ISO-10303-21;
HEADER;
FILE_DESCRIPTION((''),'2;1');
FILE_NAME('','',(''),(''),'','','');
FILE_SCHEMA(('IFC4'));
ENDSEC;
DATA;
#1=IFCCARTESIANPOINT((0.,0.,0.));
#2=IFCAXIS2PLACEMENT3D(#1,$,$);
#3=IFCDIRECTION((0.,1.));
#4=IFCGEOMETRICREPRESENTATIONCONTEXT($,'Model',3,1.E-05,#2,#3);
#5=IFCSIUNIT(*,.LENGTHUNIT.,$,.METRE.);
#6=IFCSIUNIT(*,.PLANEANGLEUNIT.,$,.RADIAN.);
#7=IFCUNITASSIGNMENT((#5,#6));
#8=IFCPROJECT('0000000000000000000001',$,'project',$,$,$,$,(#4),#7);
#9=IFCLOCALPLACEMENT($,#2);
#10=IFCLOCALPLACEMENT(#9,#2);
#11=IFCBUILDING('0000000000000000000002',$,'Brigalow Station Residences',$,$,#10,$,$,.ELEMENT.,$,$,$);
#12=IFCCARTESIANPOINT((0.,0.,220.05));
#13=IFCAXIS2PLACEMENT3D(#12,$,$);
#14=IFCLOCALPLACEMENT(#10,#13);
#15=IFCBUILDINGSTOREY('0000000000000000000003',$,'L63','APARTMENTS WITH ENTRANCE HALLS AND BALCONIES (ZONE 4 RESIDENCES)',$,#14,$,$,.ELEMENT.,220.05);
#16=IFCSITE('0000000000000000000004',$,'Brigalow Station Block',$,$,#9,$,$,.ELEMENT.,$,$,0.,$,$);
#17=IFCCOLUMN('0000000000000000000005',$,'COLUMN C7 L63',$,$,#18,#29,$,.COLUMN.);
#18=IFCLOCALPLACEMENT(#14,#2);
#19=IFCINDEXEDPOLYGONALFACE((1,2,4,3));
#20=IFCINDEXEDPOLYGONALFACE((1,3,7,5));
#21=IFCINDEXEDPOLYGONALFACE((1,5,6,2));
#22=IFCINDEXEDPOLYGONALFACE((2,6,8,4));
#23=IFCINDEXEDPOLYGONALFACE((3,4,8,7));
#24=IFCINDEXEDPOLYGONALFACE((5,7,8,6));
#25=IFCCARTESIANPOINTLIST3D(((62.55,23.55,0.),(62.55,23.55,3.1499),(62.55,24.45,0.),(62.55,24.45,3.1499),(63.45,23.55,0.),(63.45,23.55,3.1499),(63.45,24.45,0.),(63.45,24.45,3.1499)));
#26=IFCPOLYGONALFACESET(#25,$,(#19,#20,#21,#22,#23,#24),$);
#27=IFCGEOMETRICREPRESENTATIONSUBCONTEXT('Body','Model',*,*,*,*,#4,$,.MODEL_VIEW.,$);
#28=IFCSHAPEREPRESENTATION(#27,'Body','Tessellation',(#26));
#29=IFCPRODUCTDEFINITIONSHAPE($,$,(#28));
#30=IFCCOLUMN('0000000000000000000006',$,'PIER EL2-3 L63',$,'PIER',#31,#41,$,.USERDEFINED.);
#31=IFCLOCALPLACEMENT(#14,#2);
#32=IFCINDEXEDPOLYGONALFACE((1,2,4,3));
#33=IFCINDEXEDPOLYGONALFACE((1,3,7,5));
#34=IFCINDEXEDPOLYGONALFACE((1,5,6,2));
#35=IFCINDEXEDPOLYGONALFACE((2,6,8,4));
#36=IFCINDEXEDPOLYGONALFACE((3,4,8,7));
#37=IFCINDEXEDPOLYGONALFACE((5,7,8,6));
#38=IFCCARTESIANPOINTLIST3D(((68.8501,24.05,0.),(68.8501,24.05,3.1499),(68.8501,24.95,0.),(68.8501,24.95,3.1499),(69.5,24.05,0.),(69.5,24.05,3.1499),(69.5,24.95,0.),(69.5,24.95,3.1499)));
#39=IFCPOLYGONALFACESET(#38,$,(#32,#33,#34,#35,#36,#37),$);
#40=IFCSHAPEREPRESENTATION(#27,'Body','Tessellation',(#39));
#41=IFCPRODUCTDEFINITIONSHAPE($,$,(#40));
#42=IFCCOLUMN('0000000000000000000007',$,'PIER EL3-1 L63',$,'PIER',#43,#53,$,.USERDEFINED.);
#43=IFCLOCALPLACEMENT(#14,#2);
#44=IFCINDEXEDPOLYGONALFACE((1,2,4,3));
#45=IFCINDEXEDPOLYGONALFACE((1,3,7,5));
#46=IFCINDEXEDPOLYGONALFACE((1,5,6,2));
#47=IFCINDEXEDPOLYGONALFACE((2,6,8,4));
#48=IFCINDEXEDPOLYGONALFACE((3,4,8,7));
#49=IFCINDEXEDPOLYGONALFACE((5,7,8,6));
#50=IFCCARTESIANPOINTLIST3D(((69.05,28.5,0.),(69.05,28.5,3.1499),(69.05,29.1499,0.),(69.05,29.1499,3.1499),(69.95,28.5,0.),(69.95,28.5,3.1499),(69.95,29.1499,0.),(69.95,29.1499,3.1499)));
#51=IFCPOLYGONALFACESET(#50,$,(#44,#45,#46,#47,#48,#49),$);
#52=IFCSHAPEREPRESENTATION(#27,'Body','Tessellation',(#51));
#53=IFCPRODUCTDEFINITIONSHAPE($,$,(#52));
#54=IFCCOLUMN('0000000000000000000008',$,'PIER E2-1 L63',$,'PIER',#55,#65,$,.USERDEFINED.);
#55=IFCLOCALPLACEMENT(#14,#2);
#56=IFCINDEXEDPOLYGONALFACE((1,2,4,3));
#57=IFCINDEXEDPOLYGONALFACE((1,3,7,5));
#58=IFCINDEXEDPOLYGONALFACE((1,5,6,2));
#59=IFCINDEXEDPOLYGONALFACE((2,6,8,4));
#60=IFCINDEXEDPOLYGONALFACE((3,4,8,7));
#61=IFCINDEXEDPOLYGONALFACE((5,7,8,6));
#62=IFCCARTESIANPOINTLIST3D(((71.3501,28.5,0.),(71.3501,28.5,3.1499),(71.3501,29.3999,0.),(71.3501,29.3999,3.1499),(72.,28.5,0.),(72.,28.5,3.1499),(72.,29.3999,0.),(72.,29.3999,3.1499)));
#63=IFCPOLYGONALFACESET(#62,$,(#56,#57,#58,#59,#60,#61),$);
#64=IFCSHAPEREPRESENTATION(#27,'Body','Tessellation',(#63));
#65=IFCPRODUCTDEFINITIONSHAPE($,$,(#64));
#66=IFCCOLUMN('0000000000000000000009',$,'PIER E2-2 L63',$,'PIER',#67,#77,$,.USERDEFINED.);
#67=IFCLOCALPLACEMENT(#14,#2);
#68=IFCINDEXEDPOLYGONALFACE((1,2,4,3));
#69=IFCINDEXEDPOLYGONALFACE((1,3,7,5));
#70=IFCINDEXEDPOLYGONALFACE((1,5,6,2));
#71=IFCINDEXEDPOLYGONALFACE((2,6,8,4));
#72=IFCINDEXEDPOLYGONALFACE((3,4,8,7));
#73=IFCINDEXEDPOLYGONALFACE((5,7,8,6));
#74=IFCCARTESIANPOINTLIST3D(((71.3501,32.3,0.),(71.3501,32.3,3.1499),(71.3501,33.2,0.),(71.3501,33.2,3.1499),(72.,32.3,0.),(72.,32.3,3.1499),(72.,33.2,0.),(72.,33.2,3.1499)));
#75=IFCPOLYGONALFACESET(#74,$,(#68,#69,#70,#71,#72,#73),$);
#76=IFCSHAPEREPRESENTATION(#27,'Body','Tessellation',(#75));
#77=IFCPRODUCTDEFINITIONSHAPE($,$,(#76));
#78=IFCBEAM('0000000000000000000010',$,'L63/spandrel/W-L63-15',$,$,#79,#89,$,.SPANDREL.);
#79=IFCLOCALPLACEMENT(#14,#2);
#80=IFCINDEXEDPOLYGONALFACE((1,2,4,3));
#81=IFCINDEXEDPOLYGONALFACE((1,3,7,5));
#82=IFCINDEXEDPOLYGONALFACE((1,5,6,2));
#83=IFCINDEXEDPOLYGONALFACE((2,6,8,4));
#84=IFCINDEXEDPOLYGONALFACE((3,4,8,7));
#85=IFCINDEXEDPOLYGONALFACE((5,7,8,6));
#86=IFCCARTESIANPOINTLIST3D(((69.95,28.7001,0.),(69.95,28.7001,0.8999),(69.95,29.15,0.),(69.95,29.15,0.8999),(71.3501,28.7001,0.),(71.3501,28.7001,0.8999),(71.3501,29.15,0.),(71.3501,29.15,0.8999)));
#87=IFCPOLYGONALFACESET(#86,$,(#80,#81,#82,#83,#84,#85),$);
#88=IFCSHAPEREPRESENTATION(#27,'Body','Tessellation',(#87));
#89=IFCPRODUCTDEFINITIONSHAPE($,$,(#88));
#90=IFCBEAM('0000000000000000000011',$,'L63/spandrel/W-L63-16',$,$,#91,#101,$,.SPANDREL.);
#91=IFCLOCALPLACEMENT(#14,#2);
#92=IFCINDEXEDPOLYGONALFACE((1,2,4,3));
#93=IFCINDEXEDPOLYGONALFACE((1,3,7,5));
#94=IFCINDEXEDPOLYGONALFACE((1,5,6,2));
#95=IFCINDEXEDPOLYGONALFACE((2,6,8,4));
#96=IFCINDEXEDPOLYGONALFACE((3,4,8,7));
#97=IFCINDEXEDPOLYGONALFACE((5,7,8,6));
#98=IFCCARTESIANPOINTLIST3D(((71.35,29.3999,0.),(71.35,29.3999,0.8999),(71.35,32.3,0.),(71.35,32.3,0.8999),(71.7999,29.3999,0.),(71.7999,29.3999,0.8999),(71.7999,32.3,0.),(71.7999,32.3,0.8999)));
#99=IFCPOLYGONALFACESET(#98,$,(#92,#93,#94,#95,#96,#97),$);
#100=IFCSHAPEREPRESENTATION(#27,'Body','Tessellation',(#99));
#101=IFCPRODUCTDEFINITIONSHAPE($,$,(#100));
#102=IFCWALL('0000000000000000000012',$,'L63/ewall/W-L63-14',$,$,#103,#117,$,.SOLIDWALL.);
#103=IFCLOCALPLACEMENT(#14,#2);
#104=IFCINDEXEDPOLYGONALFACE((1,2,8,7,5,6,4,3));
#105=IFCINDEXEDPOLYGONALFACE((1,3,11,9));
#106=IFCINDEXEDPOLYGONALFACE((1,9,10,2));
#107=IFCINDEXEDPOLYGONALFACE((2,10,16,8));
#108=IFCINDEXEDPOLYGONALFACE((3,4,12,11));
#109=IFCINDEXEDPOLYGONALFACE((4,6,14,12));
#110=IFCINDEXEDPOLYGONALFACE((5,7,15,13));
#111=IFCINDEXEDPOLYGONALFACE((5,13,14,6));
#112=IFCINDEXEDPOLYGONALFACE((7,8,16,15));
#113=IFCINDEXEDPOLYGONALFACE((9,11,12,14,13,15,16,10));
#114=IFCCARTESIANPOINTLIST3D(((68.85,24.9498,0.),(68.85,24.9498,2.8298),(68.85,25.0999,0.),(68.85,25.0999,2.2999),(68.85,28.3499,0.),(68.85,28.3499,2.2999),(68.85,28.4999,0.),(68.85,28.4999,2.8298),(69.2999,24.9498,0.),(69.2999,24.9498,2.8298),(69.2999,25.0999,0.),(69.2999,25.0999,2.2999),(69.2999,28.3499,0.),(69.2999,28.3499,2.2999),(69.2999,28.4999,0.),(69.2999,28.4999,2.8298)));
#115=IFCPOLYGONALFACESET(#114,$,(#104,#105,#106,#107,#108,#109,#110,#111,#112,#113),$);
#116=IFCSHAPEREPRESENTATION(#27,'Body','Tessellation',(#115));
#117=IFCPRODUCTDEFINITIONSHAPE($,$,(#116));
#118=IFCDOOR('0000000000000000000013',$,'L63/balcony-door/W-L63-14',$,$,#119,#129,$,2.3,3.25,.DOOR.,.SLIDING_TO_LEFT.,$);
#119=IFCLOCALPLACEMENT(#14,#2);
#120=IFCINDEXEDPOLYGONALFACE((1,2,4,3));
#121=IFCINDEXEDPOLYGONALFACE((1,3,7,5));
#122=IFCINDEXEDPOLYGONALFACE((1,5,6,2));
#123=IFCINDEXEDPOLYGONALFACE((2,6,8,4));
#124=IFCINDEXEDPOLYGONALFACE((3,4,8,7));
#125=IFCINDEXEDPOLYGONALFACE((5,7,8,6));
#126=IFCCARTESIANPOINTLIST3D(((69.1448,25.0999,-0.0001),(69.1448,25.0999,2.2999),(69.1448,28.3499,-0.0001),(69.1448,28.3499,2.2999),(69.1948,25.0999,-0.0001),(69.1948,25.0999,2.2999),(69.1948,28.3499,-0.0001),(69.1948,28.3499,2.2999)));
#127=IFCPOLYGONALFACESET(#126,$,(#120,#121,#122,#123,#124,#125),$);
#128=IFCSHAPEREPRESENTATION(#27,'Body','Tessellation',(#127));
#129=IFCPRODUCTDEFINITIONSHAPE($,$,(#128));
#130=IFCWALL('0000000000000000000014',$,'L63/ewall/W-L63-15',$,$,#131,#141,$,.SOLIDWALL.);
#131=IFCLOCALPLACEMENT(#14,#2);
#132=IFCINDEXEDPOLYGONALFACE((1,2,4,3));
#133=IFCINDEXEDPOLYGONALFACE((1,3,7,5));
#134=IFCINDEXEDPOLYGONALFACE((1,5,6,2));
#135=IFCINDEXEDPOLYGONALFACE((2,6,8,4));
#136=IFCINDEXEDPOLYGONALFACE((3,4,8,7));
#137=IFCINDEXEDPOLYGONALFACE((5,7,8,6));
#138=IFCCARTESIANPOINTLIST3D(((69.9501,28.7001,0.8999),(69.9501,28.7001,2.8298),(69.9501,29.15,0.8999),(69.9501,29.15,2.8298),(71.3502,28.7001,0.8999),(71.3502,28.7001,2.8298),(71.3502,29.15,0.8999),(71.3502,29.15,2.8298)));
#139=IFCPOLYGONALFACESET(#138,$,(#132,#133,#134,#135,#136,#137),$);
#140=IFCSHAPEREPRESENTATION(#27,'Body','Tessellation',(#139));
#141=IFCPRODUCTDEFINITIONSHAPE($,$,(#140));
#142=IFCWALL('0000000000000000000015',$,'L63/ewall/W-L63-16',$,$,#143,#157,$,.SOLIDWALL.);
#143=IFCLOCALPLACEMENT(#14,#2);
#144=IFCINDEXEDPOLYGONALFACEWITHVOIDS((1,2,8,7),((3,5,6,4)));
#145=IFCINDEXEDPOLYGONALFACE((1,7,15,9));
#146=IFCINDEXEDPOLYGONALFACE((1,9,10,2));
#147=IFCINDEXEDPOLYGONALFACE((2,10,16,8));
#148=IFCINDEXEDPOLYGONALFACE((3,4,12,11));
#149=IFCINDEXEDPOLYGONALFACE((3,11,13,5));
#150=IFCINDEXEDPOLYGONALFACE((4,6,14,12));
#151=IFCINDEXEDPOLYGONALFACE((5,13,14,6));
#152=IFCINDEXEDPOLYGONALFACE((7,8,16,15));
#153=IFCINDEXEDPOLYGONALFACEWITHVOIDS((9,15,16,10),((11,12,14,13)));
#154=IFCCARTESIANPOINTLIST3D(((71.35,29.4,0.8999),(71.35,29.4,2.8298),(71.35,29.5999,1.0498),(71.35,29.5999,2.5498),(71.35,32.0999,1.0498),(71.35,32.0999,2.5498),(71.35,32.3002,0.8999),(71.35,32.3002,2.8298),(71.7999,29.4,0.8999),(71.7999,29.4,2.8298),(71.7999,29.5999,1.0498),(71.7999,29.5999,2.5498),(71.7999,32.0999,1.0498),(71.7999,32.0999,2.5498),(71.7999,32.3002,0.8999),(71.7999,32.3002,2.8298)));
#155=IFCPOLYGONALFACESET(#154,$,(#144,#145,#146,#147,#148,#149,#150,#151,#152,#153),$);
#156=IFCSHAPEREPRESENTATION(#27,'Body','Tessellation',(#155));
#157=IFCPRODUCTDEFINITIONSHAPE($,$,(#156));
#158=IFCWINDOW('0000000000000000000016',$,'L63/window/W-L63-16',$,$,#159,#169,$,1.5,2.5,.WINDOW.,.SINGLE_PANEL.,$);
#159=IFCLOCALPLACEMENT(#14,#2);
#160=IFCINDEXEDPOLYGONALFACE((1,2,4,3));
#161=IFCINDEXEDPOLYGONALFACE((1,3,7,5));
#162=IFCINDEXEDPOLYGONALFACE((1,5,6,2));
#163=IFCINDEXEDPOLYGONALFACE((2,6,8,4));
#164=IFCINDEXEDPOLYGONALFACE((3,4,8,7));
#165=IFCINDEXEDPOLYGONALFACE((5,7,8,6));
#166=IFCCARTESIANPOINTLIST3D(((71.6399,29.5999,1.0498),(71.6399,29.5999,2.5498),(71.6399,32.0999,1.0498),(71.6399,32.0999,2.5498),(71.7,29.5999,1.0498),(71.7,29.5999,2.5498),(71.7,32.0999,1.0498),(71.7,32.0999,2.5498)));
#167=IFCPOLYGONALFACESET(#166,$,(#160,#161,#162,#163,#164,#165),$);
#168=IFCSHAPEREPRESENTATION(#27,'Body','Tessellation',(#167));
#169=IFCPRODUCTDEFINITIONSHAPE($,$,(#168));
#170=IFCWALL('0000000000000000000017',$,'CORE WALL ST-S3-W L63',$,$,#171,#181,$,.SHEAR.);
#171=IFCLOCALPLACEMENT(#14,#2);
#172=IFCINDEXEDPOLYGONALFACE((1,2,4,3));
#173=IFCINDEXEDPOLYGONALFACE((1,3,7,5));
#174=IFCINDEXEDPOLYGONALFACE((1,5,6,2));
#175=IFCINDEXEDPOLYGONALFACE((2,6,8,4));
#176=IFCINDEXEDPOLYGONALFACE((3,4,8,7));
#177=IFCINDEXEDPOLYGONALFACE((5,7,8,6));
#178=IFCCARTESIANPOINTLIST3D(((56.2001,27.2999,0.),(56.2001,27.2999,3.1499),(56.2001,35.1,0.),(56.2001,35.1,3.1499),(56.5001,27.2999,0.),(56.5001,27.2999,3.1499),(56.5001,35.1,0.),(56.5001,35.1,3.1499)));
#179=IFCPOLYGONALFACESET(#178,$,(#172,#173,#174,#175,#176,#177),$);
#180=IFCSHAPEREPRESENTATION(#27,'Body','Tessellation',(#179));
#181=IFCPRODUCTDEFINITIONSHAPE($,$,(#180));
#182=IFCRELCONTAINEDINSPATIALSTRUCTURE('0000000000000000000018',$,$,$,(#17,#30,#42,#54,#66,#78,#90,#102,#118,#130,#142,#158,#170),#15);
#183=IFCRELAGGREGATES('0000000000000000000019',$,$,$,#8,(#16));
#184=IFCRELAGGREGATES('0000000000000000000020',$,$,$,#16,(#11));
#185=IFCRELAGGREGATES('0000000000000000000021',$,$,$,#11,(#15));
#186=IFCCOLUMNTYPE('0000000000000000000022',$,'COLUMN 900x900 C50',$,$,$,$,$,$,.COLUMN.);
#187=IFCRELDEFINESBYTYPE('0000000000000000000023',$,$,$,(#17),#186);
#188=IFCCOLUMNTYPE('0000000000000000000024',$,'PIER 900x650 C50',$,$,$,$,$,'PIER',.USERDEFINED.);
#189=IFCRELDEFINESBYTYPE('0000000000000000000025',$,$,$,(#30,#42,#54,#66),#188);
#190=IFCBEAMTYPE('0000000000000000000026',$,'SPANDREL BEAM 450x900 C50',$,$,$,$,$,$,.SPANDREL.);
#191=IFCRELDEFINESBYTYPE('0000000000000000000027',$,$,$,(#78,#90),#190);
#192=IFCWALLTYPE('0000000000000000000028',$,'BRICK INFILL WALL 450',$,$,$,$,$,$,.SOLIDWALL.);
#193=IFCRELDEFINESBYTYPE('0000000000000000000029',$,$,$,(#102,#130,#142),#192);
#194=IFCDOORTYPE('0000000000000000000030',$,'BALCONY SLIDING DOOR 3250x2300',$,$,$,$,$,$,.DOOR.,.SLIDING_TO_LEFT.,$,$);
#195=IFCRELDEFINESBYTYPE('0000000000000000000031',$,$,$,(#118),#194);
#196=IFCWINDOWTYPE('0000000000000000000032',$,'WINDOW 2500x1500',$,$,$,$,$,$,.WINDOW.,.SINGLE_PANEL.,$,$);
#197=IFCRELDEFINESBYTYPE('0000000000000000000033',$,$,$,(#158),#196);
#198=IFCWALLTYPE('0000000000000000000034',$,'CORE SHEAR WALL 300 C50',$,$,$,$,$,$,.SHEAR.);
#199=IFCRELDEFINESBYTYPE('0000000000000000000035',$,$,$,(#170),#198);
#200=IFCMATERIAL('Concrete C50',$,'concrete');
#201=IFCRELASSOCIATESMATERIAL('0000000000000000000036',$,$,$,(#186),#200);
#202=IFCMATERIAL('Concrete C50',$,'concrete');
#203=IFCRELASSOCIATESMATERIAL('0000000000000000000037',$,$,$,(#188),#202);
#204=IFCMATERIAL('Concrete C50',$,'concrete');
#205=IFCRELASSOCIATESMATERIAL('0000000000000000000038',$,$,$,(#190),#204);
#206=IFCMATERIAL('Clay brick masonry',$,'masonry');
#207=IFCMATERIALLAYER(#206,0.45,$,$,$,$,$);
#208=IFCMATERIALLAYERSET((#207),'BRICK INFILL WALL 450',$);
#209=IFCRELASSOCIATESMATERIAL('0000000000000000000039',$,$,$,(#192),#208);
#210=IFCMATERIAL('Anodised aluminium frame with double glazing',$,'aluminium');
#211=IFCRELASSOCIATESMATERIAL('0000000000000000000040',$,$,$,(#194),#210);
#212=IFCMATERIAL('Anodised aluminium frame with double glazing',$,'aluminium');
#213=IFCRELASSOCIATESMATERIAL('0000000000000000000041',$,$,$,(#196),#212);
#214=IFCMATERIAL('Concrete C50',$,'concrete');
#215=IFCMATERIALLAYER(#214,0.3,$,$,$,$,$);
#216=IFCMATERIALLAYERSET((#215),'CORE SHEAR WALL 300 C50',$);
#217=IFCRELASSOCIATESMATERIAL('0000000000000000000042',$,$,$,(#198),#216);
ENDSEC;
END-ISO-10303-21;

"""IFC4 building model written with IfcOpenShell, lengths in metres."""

from ifc_helpers import new_model, si_unit, direction, frame, frame_2d, origin, origin_2d, place, context, subcontext, project, spatial, rectangle, extrude, material, layer, layer_set, material_profile, profile_set, type_object, element, fill, save


model = new_model("IFC4")

# Units and contexts
model_context = context("Model", 3, precision=1e-05, world=origin(), true_north=direction((0.0, 1.0)))
body_context = subcontext(model_context, "Body", "Model", "MODEL_VIEW")
ifc_project = project(units=[si_unit("LENGTHUNIT", "METRE"), si_unit("PLANEANGLEUNIT", "RADIAN")], contexts=[model_context])

# Site, building, storey
site_placement = place(None, origin())
site = spatial("IfcSite", under=ifc_project, at=site_placement, Name="Brigalow Station Block", CompositionType="ELEMENT", RefElevation=0.0)
building_placement = place(site_placement, origin())
building = spatial("IfcBuilding", under=site, at=building_placement, Name="Brigalow Station Residences", CompositionType="ELEMENT")
storey_placement = place(building_placement, frame((0.0, 0.0, 220.05)))
storey = spatial("IfcBuildingStorey", under=building, at=storey_placement, Name="L63", Description="APARTMENTS WITH ENTRANCE HALLS AND BALCONIES (ZONE 4 RESIDENCES)", CompositionType="ELEMENT", Elevation=220.05)

# Columns
ifc_material_1 = material(Name="Concrete C50", Category="concrete")
ifc_material_profile_1 = material_profile(ifc_material_1, rectangle(XDim=0.8999, YDim=0.8999, at=origin_2d()), Name="RC900x900")
ifc_profile_set_1 = profile_set([ifc_material_profile_1], Name="Concrete C50")
column_type_1 = type_object("IfcColumnType", Name="COLUMN 900x900 C50", PredefinedType="COLUMN", material=ifc_profile_set_1)
column_placement = place(storey_placement, frame((63.0, 24.0, 0.0), z_axis=(0.0, 0.0, 1.0), x_axis=(1.0, 0.0, 0.0)))
element("IfcColumn", 1, at=column_placement, inside=storey, type_object=column_type_1, Name="COLUMN C7 L63", PredefinedType="COLUMN", context=body_context, shape_type="SweptSolid", body=[
    extrude(rectangle(XDim=0.8999, YDim=0.8999, at=origin_2d()), origin(), (0.0, 0.0, 1.0), 3.1499),
])
ifc_material_2 = material(Name="Concrete C50", Category="concrete")
ifc_material_profile_2 = material_profile(ifc_material_2, rectangle(XDim=0.8999, YDim=0.6499, at=origin_2d()), Name="RC900x650")
ifc_profile_set_2 = profile_set([ifc_material_profile_2], Name="Concrete C50")
column_type_2 = type_object("IfcColumnType", Name="PIER 900x650 C50", ElementType="PIER", PredefinedType="USERDEFINED", material=ifc_profile_set_2)
for number, where, z_axis, x_axis, name in (
    (2, (69.175, 24.5, 0.0), (0.0, 0.0, 1.0), (0.0, 1.0, 0.0), "PIER EL2-3 L63"),
    (3, (69.5, 28.825, 0.0), (0.0, 0.0, 1.0), (1.0, 0.0, 0.0), "PIER EL3-1 L63"),
    (4, (71.675, 28.95, 0.0), (0.0, 0.0, 1.0), (0.0, 1.0, 0.0), "PIER E2-1 L63"),
    (5, (71.675, 32.75, 0.0), (0.0, 0.0, 1.0), (0.0, 1.0, 0.0), "PIER E2-2 L63"),
):
    element("IfcColumn", number, at=place(storey_placement, frame(where, z_axis=z_axis, x_axis=x_axis)), inside=storey, type_object=column_type_2, Name=name, ObjectType="PIER", PredefinedType="USERDEFINED", context=body_context, shape_type="SweptSolid", body=[
        extrude(rectangle(XDim=0.8999, YDim=0.6499, at=origin_2d()), origin(), (0.0, 0.0, 1.0), 3.1499),
    ])

# Beams
ifc_material_3 = material(Name="Concrete C50", Category="concrete")
ifc_material_profile_3 = material_profile(ifc_material_3, rectangle(XDim=0.45, YDim=0.8999, at=origin_2d()), Name="RC450x900")
ifc_profile_set_3 = profile_set([ifc_material_profile_3], Name="Concrete C50")
beam_type = type_object("IfcBeamType", Name="SPANDREL BEAM 450x900 C50", PredefinedType="SPANDREL", material=ifc_profile_set_3)
beam_1_placement = place(storey_placement, frame((69.95, 28.925, 0.45), z_axis=(1.0, 0.0, 0.0), x_axis=(0.0, 1.0, 0.0)))
element("IfcBeam", 6, at=beam_1_placement, inside=storey, type_object=beam_type, Name="L63/spandrel/W-L63-15", PredefinedType="SPANDREL", context=body_context, shape_type="SweptSolid", body=[
    extrude(rectangle(XDim=0.45, YDim=0.8999, at=origin_2d()), origin(), (0.0, 0.0, 1.0), 1.4001),
])
beam_2_placement = place(storey_placement, frame((71.575, 29.3999, 0.45), z_axis=(0.0, 1.0, 0.0), x_axis=(-1.0, 0.0, 0.0)))
element("IfcBeam", 7, at=beam_2_placement, inside=storey, type_object=beam_type, Name="L63/spandrel/W-L63-16", PredefinedType="SPANDREL", context=body_context, shape_type="SweptSolid", body=[
    extrude(rectangle(XDim=0.45, YDim=0.8999, at=origin_2d()), origin(), (0.0, 0.0, 1.0), 2.9001),
])

# Wall, opening, door
ifc_material_4 = material(Name="Clay brick masonry", Category="masonry")
ifc_layer_1 = layer(ifc_material_4, 0.45)
ifc_layer_set_1 = layer_set([ifc_layer_1], Name="BRICK INFILL WALL 450")
wall_type_1 = type_object("IfcWallType", Name="BRICK INFILL WALL 450", PredefinedType="SOLIDWALL", material=ifc_layer_set_1)
wall_1_placement = place(storey_placement, frame((69.075, 24.95, 0.0), z_axis=(0.0, 0.0, 1.0), x_axis=(0.0, 1.0, 0.0)))
wall_1 = element("IfcWall", 8, at=wall_1_placement, inside=storey, type_object=wall_type_1, Name="L63/ewall/W-L63-14", PredefinedType="SOLIDWALL", context=body_context, shape_type="SweptSolid", body=[
    extrude(rectangle(XDim=3.55, YDim=0.45, at=frame_2d((1.7749, 0.0))), origin(), (0.0, 0.0, 1.0), 2.8298),
])
opening_1_placement = place(wall_1_placement, frame((0.1499, 0.0, 0.0)))
opening_1 = element("IfcOpeningElement", 9, at=opening_1_placement, cuts=wall_1, PredefinedType="OPENING", context=body_context, shape_type="SweptSolid", body=[
    extrude(rectangle(XDim=3.25, YDim=2.3, at=frame_2d((1.625, 1.1499))), frame((0.0, 0.2349, 0.0), z_axis=(0.0, -1.0, 0.0), x_axis=(1.0, 0.0, 0.0)), (0.0, 0.0, 1.0), 0.47),
])
ifc_material_5 = material(Name="Anodised aluminium frame with double glazing", Category="aluminium")
door_type_1 = type_object("IfcDoorType", Name="BALCONY SLIDING DOOR 3250x2300", OperationType="SLIDING_TO_LEFT", PredefinedType="DOOR", material=ifc_material_5)
door_1_placement = place(opening_1_placement, origin())
door_1 = element("IfcDoor", 10, at=door_1_placement, inside=storey, type_object=door_type_1, Name="L63/balcony-door/W-L63-14", OperationType="SLIDING_TO_LEFT", OverallHeight=2.3, OverallWidth=3.25, PredefinedType="DOOR", context=body_context, shape_type="SweptSolid", body=[
    extrude(rectangle(XDim=3.25, YDim=2.3, at=frame_2d((1.625, 1.1499))), frame((0.0, -0.0698, 0.0), z_axis=(0.0, -1.0, 0.0), x_axis=(1.0, 0.0, 0.0)), (0.0, 0.0, 1.0), 0.05),
])
fill(opening_1, door_1)

# Wall
wall_2_placement = place(storey_placement, frame((69.95, 28.925, 0.8999), z_axis=(0.0, 0.0, 1.0), x_axis=(1.0, 0.0, 0.0)))
element("IfcWall", 11, at=wall_2_placement, inside=storey, type_object=wall_type_1, Name="L63/ewall/W-L63-15", PredefinedType="SOLIDWALL", context=body_context, shape_type="SweptSolid", body=[
    extrude(rectangle(XDim=1.4001, YDim=0.45, at=frame_2d((0.7002, 0.0))), origin(), (0.0, 0.0, 1.0), 1.9299),
])

# Wall, opening, window
wall_3_placement = place(storey_placement, frame((71.575, 29.3999, 0.8999), z_axis=(0.0, 0.0, 1.0), x_axis=(0.0, 1.0, 0.0)))
wall_3 = element("IfcWall", 12, at=wall_3_placement, inside=storey, type_object=wall_type_1, Name="L63/ewall/W-L63-16", PredefinedType="SOLIDWALL", context=body_context, shape_type="SweptSolid", body=[
    extrude(rectangle(XDim=2.9001, YDim=0.45, at=frame_2d((1.4502, 0.0))), origin(), (0.0, 0.0, 1.0), 1.9299),
])
opening_2_placement = place(wall_3_placement, frame((0.2, 0.0, 0.1499)))
opening_2 = element("IfcOpeningElement", 13, at=opening_2_placement, cuts=wall_3, PredefinedType="OPENING", context=body_context, shape_type="SweptSolid", body=[
    extrude(rectangle(XDim=2.5, YDim=1.5, at=frame_2d((1.25, 0.75))), frame((0.0, 0.2349, 0.0), z_axis=(0.0, -1.0, 0.0), x_axis=(1.0, 0.0, 0.0)), (0.0, 0.0, 1.0), 0.47),
])
ifc_material_6 = material(Name="Anodised aluminium frame with double glazing", Category="aluminium")
window_type = type_object("IfcWindowType", Name="WINDOW 2500x1500", PartitioningType="SINGLE_PANEL", PredefinedType="WINDOW", material=ifc_material_6)
window_placement = place(opening_2_placement, origin())
window = element("IfcWindow", 14, at=window_placement, inside=storey, type_object=window_type, Name="L63/window/W-L63-16", OverallHeight=1.5, OverallWidth=2.5, PartitioningType="SINGLE_PANEL", PredefinedType="WINDOW", context=body_context, shape_type="SweptSolid", body=[
    extrude(rectangle(XDim=2.5, YDim=1.5, at=frame_2d((1.25, 0.75))), frame((0.0, -0.0649, 0.0), z_axis=(0.0, -1.0, 0.0), x_axis=(1.0, 0.0, 0.0)), (0.0, 0.0, 1.0), 0.0601),
])
fill(opening_2, window)

# Wall
ifc_material_7 = material(Name="Concrete C50", Category="concrete")
ifc_layer_2 = layer(ifc_material_7, 0.3)
ifc_layer_set_2 = layer_set([ifc_layer_2], Name="CORE SHEAR WALL 300 C50")
wall_type_2 = type_object("IfcWallType", Name="CORE SHEAR WALL 300 C50", PredefinedType="SHEAR", material=ifc_layer_set_2)
for number, where, z_axis, x_axis, name in (
    (15, (56.3501, 27.3, 0.0), (0.0, 0.0, 1.0), (0.0, 1.0, 0.0), "CORE WALL ST-S3-W L63"),
):
    element("IfcWall", number, at=place(storey_placement, frame(where, z_axis=z_axis, x_axis=x_axis)), inside=storey, type_object=wall_type_2, Name=name, PredefinedType="SHEAR", context=body_context, shape_type="SweptSolid", body=[
        extrude(rectangle(XDim=7.8, YDim=0.3, at=frame_2d((3.8999, 0.0))), origin(), (0.0, 0.0, 1.0), 3.1499),
    ])

save(model, "model.ifc")
